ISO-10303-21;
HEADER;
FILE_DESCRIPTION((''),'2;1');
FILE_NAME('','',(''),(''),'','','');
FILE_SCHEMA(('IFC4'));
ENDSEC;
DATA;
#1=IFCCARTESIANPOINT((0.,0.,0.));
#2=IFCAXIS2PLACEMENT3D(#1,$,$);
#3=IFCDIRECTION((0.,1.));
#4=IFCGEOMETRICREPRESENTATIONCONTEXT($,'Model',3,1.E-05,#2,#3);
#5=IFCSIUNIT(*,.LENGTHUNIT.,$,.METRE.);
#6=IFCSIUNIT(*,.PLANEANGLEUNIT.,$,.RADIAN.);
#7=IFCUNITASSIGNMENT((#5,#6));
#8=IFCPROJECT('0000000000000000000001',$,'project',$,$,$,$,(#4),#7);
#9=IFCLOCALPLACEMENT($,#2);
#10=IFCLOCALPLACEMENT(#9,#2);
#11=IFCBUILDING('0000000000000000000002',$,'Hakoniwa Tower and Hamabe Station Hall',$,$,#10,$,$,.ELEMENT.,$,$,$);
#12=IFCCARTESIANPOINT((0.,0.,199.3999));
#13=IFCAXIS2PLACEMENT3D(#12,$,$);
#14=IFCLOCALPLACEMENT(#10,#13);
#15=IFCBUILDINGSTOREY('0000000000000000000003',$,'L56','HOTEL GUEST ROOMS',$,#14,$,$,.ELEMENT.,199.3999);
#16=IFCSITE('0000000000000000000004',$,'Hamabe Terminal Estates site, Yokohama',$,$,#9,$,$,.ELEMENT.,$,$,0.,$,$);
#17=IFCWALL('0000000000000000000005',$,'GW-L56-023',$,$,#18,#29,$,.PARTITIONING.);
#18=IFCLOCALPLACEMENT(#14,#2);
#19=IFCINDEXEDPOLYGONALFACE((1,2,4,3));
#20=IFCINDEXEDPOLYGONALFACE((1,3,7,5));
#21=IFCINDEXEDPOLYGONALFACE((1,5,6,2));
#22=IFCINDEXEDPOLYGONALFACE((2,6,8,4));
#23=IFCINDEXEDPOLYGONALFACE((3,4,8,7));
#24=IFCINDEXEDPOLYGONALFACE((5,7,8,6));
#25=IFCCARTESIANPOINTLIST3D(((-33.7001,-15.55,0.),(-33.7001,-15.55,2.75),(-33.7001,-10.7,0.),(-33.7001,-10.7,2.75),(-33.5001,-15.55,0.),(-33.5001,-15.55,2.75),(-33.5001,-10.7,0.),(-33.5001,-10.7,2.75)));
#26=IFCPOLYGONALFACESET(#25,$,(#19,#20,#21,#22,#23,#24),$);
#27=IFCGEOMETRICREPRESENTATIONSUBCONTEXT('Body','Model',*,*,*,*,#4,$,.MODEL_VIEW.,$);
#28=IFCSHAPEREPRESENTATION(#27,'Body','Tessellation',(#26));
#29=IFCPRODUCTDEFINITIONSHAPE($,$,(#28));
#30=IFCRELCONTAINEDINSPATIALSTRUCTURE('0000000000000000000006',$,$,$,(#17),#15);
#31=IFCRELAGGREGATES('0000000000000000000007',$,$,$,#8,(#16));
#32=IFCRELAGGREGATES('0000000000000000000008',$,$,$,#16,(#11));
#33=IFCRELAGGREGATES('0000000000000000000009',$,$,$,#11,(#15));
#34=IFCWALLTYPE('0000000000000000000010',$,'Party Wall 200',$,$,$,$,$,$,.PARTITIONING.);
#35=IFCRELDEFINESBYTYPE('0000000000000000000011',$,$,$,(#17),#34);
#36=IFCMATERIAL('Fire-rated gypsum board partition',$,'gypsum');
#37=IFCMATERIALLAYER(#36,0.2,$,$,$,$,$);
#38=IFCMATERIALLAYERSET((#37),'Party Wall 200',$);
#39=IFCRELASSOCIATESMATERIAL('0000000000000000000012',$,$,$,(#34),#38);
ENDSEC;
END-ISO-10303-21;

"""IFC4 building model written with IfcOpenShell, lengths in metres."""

from ifc_helpers import new_model, si_unit, direction, frame, frame_2d, origin, place, context, subcontext, project, spatial, rectangle, extrude, material, layer, layer_set, type_object, element, save


model = new_model("IFC4")

# Units and contexts
model_context = context("Model", 3, precision=1e-05, world=origin(), true_north=direction((0.0, 1.0)))
body_context = subcontext(model_context, "Body", "Model", "MODEL_VIEW")
ifc_project = project(units=[si_unit("LENGTHUNIT", "METRE"), si_unit("PLANEANGLEUNIT", "RADIAN")], contexts=[model_context])

# Site, building, storey
site_placement = place(None, origin())
site = spatial("IfcSite", under=ifc_project, at=site_placement, Name="Hamabe Terminal Estates site, Yokohama", CompositionType="ELEMENT", RefElevation=0.0)
building_placement = place(site_placement, origin())
building = spatial("IfcBuilding", under=site, at=building_placement, Name="Hakoniwa Tower and Hamabe Station Hall", CompositionType="ELEMENT")
storey_placement = place(building_placement, frame((0.0, 0.0, 199.3999)))
storey = spatial("IfcBuildingStorey", under=building, at=storey_placement, Name="L56", Description="HOTEL GUEST ROOMS", CompositionType="ELEMENT", Elevation=199.3999)

# Wall
ifc_material_1 = material(Name="Fire-rated gypsum board partition", Category="gypsum")
ifc_layer_1 = layer(ifc_material_1, 0.2)
ifc_layer_set_1 = layer_set([ifc_layer_1], Name="Party Wall 200")
wall_type_1 = type_object("IfcWallType", Name="Party Wall 200", PredefinedType="PARTITIONING", material=ifc_layer_set_1)
wall_1_placement = place(storey_placement, frame((-33.6001, -15.55, 0.0), z_axis=(0.0, 0.0, 1.0), x_axis=(0.0, 1.0, 0.0)))
element("IfcWall", 1, at=wall_1_placement, inside=storey, type_object=wall_type_1, Name="GW-L56-023", PredefinedType="PARTITIONING", context=body_context, shape_type="SweptSolid", body=[
    extrude(rectangle(XDim=4.8501, YDim=0.2, at=frame_2d((2.425, 0.0))), origin(), (0.0, 0.0, 1.0), 2.75),
])

save(model, "model.ifc")
